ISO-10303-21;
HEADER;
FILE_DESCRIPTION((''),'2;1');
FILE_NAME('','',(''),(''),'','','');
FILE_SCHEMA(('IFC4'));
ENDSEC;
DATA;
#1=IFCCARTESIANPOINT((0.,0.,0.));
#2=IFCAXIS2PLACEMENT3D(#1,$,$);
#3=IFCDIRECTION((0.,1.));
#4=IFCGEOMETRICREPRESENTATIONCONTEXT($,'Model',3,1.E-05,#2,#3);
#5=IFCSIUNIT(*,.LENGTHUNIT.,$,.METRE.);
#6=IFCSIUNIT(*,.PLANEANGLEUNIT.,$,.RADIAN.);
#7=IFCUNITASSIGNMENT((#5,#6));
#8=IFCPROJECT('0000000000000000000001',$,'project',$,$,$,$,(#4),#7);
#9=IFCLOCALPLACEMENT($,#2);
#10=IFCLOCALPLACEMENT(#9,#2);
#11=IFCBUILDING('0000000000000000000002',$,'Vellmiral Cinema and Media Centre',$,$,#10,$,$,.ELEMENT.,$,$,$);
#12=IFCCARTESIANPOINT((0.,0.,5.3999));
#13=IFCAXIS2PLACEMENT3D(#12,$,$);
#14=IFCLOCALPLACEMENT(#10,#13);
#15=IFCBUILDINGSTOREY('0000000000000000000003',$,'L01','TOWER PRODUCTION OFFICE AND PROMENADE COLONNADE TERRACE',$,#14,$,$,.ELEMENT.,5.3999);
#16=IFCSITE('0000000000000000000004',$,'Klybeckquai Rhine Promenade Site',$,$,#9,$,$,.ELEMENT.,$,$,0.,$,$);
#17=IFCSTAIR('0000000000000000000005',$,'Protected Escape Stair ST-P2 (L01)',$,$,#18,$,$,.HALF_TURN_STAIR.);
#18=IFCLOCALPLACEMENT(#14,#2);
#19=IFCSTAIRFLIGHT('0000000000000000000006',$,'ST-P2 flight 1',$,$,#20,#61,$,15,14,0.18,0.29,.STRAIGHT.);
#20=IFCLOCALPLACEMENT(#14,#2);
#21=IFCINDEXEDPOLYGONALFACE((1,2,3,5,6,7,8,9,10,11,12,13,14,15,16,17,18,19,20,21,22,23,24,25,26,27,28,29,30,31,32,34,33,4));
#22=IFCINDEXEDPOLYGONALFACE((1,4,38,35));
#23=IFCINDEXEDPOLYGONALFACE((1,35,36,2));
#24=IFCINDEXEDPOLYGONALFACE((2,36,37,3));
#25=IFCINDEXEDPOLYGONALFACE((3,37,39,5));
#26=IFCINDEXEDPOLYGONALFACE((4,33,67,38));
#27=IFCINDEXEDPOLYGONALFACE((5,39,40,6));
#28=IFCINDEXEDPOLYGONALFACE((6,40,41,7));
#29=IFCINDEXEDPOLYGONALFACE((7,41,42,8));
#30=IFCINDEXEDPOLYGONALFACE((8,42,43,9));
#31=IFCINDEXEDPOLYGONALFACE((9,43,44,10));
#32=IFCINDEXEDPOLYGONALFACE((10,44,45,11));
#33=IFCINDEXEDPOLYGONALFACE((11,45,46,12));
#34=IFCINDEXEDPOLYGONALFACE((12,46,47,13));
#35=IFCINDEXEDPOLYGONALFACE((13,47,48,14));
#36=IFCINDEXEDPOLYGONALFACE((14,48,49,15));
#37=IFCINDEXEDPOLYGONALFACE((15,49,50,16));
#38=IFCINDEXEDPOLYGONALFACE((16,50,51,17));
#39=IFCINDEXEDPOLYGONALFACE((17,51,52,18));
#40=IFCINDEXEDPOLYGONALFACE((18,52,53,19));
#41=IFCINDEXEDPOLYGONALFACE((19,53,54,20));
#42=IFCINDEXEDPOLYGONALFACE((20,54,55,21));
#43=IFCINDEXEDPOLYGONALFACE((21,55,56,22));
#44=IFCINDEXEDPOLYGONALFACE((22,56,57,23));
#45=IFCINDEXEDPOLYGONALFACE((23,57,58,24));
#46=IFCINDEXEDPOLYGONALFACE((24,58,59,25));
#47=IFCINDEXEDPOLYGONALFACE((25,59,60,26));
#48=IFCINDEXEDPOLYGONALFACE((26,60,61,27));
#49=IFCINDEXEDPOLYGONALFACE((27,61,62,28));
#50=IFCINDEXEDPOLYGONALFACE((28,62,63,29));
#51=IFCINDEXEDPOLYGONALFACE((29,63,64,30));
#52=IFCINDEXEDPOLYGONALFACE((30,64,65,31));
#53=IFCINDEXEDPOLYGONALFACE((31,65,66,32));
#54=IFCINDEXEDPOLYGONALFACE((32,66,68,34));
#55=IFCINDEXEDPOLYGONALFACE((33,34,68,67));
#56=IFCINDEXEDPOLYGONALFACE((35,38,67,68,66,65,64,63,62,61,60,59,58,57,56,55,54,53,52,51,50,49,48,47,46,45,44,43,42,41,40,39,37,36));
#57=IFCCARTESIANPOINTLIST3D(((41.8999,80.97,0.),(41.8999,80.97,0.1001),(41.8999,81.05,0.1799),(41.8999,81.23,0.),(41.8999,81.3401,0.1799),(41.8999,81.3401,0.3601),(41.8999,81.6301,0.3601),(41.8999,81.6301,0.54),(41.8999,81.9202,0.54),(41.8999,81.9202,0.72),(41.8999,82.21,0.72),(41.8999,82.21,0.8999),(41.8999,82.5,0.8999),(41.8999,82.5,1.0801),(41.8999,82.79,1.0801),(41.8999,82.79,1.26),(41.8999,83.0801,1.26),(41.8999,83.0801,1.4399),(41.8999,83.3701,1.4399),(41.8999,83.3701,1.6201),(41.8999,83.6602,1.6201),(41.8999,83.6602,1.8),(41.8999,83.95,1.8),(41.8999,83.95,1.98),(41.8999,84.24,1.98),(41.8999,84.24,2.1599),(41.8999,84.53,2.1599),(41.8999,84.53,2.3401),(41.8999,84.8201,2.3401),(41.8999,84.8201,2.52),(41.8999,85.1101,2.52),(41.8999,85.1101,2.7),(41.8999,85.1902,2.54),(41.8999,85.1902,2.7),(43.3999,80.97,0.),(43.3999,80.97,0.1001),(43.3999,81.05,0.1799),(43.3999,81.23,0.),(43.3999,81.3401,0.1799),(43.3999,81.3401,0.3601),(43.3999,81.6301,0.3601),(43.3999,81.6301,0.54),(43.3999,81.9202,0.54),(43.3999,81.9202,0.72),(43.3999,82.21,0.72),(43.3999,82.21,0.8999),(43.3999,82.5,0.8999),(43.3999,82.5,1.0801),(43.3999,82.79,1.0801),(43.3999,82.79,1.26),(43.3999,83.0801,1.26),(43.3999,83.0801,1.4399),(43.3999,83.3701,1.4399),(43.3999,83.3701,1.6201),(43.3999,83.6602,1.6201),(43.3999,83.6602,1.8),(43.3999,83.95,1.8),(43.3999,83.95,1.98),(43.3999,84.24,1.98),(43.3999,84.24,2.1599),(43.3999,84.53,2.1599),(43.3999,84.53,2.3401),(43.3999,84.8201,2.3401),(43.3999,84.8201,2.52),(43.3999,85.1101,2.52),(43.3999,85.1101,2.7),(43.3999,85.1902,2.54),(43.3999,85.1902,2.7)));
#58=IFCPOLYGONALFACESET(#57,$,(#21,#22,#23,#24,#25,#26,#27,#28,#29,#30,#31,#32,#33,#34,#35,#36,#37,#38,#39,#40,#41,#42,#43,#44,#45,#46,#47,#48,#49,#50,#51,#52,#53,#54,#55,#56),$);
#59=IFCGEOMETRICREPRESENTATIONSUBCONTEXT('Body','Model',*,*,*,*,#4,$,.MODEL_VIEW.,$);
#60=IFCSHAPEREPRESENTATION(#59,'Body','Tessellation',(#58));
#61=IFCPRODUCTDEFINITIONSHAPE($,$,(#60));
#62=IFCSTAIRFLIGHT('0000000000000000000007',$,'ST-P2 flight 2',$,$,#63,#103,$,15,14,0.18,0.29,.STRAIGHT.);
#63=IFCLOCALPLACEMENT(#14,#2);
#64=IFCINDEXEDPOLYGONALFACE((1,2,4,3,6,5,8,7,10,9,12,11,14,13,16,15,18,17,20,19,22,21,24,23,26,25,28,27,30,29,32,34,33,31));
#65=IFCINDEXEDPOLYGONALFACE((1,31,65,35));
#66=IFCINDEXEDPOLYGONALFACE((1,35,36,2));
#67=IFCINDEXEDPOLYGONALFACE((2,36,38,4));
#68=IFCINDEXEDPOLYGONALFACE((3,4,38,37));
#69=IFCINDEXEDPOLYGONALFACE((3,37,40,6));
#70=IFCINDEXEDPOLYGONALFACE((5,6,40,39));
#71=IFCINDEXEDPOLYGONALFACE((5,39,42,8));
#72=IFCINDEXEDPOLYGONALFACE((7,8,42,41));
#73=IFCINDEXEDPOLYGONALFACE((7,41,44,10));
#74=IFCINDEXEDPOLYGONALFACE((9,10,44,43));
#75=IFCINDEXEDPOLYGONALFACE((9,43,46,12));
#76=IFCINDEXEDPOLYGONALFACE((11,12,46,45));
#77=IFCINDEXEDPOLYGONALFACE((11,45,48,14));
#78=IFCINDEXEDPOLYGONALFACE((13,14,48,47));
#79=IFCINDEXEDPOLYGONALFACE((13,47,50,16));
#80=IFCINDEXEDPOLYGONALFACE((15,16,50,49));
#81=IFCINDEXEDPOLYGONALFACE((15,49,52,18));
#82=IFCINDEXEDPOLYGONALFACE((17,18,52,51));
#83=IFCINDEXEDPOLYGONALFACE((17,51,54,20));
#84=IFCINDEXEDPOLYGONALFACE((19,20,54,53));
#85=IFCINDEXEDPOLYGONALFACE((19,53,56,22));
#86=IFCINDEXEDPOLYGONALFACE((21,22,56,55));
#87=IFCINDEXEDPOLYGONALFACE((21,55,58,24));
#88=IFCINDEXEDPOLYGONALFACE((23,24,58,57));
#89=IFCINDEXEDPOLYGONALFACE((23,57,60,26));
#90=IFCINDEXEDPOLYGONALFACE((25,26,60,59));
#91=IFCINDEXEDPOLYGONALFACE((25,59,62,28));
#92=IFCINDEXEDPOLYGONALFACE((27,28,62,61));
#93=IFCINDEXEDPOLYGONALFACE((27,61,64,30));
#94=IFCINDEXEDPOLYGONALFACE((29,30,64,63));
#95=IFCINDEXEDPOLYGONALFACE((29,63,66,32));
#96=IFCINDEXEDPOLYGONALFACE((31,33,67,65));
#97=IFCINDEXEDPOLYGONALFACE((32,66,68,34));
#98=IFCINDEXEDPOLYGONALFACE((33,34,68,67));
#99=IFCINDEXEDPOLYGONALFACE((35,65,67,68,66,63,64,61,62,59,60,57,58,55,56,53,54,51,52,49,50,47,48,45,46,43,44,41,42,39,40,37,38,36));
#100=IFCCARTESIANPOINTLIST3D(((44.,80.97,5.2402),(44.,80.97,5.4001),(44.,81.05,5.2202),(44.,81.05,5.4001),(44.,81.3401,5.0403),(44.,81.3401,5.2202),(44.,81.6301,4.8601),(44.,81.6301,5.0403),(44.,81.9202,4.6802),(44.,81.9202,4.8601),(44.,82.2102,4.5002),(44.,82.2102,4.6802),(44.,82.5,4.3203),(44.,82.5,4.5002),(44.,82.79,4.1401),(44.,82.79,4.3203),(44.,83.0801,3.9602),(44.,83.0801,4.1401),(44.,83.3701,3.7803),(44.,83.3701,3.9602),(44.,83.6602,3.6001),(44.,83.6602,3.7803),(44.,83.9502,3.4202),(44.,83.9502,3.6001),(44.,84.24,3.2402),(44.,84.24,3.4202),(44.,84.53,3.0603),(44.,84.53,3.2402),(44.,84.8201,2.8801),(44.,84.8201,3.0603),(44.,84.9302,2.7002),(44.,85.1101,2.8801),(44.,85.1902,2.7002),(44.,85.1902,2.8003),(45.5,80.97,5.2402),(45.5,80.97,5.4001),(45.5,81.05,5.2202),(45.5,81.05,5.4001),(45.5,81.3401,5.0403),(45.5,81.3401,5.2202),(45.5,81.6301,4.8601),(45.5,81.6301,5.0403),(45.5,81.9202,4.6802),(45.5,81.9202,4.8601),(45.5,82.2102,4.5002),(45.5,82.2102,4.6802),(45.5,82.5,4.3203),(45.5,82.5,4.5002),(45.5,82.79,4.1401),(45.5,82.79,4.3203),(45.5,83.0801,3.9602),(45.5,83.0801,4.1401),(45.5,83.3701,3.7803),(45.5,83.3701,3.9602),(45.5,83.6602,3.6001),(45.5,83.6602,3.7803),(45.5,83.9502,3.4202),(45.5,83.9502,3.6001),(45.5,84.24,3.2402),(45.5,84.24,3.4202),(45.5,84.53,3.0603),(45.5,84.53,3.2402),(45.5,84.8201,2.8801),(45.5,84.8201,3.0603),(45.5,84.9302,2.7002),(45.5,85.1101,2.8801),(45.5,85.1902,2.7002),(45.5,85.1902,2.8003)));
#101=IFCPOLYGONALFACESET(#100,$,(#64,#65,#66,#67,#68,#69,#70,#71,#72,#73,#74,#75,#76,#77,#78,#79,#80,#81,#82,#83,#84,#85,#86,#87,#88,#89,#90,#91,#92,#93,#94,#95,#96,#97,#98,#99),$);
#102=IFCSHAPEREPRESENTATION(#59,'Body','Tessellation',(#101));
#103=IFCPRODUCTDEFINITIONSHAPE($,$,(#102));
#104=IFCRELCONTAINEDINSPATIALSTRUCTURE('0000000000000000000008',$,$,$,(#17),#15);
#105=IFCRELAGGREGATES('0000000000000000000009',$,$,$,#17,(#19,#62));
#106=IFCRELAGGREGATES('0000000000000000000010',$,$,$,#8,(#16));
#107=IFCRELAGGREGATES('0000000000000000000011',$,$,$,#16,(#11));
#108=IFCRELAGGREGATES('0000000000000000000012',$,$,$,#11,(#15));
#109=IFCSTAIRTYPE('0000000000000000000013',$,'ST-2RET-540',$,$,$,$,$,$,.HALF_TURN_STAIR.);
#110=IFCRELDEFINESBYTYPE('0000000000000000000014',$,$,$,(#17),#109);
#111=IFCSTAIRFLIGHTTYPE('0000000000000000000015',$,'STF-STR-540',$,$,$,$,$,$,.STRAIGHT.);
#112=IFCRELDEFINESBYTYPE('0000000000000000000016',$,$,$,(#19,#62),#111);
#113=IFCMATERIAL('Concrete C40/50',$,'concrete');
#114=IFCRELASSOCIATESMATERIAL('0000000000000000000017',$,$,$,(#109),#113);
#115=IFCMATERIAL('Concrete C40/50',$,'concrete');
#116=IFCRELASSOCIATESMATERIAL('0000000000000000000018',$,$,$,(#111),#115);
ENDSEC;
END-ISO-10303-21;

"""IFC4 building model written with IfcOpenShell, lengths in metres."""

from ifc_helpers import new_model, si_unit, direction, frame, origin, place, context, subcontext, project, spatial, polyline, outline, extrude, material, type_object, element, aggregate, save


model = new_model("IFC4")

# Units and contexts
model_context = context("Model", 3, precision=1e-05, world=origin(), true_north=direction((0.0, 1.0)))
body_context = subcontext(model_context, "Body", "Model", "MODEL_VIEW")
ifc_project = project(units=[si_unit("LENGTHUNIT", "METRE"), si_unit("PLANEANGLEUNIT", "RADIAN")], contexts=[model_context])

# Site, building, storey
site_placement = place(None, origin())
site = spatial("IfcSite", under=ifc_project, at=site_placement, Name="Klybeckquai Rhine Promenade Site", CompositionType="ELEMENT", RefElevation=0.0)
building_placement = place(site_placement, origin())
building = spatial("IfcBuilding", under=site, at=building_placement, Name="Vellmiral Cinema and Media Centre", CompositionType="ELEMENT")
storey_placement = place(building_placement, frame((0.0, 0.0, 5.3999)))
storey = spatial("IfcBuildingStorey", under=building, at=storey_placement, Name="L01", Description="TOWER PRODUCTION OFFICE AND PROMENADE COLONNADE TERRACE", CompositionType="ELEMENT", Elevation=5.3999)

# Stair, stair flights
ifc_material_1 = material(Name="Concrete C40/50", Category="concrete")
stair_type = type_object("IfcStairType", Name="ST-2RET-540", PredefinedType="HALF_TURN_STAIR", material=ifc_material_1)
stair_placement = place(storey_placement, origin())
stair = element("IfcStair", 1, at=stair_placement, inside=storey, type_object=stair_type, Name="Protected Escape Stair ST-P2 (L01)", PredefinedType="HALF_TURN_STAIR")
ifc_material_2 = material(Name="Concrete C40/50", Category="concrete")
stair_flight_type = type_object("IfcStairFlightType", Name="STF-STR-540", PredefinedType="STRAIGHT", material=ifc_material_2)
stair_flight_1_placement = place(storey_placement, frame((42.6499, 81.05, 0.0), z_axis=(0.0, 0.0, 1.0), x_axis=(0.0, 1.0, 0.0)))
stair_flight_1 = element("IfcStairFlight", 2, at=stair_flight_1_placement, type_object=stair_flight_type, Name="ST-P2 flight 1", NumberOfRisers=15, NumberOfTreads=14, PredefinedType="STRAIGHT", RiserHeight=0.18, TreadLength=0.29, context=body_context, shape_type="SweptSolid", body=[
    extrude(outline(polyline([(-0.0801, 0.0), (-0.0801, 0.1001), (0.0, 0.1799), (0.29, 0.1799), (0.29, 0.3601), (0.5801, 0.3601), (0.5801, 0.54), (0.8701, 0.54), (0.8701, 0.72), (1.1599, 0.72), (1.1599, 0.8999), (1.45, 0.8999), (1.45, 1.0801), (1.74, 1.0801), (1.74, 1.26), (2.03, 1.26), (2.03, 1.4399), (2.3201, 1.4399), (2.3201, 1.6201), (2.6101, 1.6201), (2.6101, 1.8), (2.8999, 1.8), (2.8999, 1.98), (3.1899, 1.98), (3.1899, 2.1599), (3.48, 2.1599), (3.48, 2.3401), (3.77, 2.3401), (3.77, 2.52), (4.0601, 2.52), (4.0601, 2.7), (4.1401, 2.7), (4.1401, 2.54), (0.1799, 0.0), (-0.0801, 0.0)])), frame((0.0, 0.75, 0.0), z_axis=(0.0, -1.0, 0.0), x_axis=(1.0, 0.0, 0.0)), (0.0, 0.0, 1.0), 1.5),
])
stair_flight_2_placement = place(storey_placement, frame((44.75, 85.1101, 2.7002), z_axis=(0.0, 0.0, 1.0), x_axis=(0.0, -1.0, 0.0)))
stair_flight_2 = element("IfcStairFlight", 3, at=stair_flight_2_placement, type_object=stair_flight_type, Name="ST-P2 flight 2", NumberOfRisers=15, NumberOfTreads=14, PredefinedType="STRAIGHT", RiserHeight=0.18, TreadLength=0.29, context=body_context, shape_type="SweptSolid", body=[
    extrude(outline(polyline([(-0.0801, 0.0), (-0.0801, 0.1001), (0.0, 0.1799), (0.29, 0.1799), (0.29, 0.3601), (0.5801, 0.3601), (0.5801, 0.54), (0.8701, 0.54), (0.8701, 0.72), (1.1599, 0.72), (1.1599, 0.8999), (1.45, 0.8999), (1.45, 1.0801), (1.74, 1.0801), (1.74, 1.26), (2.03, 1.26), (2.03, 1.4399), (2.3201, 1.4399), (2.3201, 1.6201), (2.6101, 1.6201), (2.6101, 1.8), (2.8999, 1.8), (2.8999, 1.98), (3.1899, 1.98), (3.1899, 2.1599), (3.48, 2.1599), (3.48, 2.3401), (3.77, 2.3401), (3.77, 2.52), (4.0601, 2.52), (4.0601, 2.7), (4.1401, 2.7), (4.1401, 2.54), (0.1799, 0.0), (-0.0801, 0.0)])), frame((0.0, 0.75, 0.0), z_axis=(0.0, -1.0, 0.0), x_axis=(1.0, 0.0, 0.0)), (0.0, 0.0, 1.0), 1.5),
])
aggregate(stair, [stair_flight_1, stair_flight_2])

save(model, "model.ifc")
